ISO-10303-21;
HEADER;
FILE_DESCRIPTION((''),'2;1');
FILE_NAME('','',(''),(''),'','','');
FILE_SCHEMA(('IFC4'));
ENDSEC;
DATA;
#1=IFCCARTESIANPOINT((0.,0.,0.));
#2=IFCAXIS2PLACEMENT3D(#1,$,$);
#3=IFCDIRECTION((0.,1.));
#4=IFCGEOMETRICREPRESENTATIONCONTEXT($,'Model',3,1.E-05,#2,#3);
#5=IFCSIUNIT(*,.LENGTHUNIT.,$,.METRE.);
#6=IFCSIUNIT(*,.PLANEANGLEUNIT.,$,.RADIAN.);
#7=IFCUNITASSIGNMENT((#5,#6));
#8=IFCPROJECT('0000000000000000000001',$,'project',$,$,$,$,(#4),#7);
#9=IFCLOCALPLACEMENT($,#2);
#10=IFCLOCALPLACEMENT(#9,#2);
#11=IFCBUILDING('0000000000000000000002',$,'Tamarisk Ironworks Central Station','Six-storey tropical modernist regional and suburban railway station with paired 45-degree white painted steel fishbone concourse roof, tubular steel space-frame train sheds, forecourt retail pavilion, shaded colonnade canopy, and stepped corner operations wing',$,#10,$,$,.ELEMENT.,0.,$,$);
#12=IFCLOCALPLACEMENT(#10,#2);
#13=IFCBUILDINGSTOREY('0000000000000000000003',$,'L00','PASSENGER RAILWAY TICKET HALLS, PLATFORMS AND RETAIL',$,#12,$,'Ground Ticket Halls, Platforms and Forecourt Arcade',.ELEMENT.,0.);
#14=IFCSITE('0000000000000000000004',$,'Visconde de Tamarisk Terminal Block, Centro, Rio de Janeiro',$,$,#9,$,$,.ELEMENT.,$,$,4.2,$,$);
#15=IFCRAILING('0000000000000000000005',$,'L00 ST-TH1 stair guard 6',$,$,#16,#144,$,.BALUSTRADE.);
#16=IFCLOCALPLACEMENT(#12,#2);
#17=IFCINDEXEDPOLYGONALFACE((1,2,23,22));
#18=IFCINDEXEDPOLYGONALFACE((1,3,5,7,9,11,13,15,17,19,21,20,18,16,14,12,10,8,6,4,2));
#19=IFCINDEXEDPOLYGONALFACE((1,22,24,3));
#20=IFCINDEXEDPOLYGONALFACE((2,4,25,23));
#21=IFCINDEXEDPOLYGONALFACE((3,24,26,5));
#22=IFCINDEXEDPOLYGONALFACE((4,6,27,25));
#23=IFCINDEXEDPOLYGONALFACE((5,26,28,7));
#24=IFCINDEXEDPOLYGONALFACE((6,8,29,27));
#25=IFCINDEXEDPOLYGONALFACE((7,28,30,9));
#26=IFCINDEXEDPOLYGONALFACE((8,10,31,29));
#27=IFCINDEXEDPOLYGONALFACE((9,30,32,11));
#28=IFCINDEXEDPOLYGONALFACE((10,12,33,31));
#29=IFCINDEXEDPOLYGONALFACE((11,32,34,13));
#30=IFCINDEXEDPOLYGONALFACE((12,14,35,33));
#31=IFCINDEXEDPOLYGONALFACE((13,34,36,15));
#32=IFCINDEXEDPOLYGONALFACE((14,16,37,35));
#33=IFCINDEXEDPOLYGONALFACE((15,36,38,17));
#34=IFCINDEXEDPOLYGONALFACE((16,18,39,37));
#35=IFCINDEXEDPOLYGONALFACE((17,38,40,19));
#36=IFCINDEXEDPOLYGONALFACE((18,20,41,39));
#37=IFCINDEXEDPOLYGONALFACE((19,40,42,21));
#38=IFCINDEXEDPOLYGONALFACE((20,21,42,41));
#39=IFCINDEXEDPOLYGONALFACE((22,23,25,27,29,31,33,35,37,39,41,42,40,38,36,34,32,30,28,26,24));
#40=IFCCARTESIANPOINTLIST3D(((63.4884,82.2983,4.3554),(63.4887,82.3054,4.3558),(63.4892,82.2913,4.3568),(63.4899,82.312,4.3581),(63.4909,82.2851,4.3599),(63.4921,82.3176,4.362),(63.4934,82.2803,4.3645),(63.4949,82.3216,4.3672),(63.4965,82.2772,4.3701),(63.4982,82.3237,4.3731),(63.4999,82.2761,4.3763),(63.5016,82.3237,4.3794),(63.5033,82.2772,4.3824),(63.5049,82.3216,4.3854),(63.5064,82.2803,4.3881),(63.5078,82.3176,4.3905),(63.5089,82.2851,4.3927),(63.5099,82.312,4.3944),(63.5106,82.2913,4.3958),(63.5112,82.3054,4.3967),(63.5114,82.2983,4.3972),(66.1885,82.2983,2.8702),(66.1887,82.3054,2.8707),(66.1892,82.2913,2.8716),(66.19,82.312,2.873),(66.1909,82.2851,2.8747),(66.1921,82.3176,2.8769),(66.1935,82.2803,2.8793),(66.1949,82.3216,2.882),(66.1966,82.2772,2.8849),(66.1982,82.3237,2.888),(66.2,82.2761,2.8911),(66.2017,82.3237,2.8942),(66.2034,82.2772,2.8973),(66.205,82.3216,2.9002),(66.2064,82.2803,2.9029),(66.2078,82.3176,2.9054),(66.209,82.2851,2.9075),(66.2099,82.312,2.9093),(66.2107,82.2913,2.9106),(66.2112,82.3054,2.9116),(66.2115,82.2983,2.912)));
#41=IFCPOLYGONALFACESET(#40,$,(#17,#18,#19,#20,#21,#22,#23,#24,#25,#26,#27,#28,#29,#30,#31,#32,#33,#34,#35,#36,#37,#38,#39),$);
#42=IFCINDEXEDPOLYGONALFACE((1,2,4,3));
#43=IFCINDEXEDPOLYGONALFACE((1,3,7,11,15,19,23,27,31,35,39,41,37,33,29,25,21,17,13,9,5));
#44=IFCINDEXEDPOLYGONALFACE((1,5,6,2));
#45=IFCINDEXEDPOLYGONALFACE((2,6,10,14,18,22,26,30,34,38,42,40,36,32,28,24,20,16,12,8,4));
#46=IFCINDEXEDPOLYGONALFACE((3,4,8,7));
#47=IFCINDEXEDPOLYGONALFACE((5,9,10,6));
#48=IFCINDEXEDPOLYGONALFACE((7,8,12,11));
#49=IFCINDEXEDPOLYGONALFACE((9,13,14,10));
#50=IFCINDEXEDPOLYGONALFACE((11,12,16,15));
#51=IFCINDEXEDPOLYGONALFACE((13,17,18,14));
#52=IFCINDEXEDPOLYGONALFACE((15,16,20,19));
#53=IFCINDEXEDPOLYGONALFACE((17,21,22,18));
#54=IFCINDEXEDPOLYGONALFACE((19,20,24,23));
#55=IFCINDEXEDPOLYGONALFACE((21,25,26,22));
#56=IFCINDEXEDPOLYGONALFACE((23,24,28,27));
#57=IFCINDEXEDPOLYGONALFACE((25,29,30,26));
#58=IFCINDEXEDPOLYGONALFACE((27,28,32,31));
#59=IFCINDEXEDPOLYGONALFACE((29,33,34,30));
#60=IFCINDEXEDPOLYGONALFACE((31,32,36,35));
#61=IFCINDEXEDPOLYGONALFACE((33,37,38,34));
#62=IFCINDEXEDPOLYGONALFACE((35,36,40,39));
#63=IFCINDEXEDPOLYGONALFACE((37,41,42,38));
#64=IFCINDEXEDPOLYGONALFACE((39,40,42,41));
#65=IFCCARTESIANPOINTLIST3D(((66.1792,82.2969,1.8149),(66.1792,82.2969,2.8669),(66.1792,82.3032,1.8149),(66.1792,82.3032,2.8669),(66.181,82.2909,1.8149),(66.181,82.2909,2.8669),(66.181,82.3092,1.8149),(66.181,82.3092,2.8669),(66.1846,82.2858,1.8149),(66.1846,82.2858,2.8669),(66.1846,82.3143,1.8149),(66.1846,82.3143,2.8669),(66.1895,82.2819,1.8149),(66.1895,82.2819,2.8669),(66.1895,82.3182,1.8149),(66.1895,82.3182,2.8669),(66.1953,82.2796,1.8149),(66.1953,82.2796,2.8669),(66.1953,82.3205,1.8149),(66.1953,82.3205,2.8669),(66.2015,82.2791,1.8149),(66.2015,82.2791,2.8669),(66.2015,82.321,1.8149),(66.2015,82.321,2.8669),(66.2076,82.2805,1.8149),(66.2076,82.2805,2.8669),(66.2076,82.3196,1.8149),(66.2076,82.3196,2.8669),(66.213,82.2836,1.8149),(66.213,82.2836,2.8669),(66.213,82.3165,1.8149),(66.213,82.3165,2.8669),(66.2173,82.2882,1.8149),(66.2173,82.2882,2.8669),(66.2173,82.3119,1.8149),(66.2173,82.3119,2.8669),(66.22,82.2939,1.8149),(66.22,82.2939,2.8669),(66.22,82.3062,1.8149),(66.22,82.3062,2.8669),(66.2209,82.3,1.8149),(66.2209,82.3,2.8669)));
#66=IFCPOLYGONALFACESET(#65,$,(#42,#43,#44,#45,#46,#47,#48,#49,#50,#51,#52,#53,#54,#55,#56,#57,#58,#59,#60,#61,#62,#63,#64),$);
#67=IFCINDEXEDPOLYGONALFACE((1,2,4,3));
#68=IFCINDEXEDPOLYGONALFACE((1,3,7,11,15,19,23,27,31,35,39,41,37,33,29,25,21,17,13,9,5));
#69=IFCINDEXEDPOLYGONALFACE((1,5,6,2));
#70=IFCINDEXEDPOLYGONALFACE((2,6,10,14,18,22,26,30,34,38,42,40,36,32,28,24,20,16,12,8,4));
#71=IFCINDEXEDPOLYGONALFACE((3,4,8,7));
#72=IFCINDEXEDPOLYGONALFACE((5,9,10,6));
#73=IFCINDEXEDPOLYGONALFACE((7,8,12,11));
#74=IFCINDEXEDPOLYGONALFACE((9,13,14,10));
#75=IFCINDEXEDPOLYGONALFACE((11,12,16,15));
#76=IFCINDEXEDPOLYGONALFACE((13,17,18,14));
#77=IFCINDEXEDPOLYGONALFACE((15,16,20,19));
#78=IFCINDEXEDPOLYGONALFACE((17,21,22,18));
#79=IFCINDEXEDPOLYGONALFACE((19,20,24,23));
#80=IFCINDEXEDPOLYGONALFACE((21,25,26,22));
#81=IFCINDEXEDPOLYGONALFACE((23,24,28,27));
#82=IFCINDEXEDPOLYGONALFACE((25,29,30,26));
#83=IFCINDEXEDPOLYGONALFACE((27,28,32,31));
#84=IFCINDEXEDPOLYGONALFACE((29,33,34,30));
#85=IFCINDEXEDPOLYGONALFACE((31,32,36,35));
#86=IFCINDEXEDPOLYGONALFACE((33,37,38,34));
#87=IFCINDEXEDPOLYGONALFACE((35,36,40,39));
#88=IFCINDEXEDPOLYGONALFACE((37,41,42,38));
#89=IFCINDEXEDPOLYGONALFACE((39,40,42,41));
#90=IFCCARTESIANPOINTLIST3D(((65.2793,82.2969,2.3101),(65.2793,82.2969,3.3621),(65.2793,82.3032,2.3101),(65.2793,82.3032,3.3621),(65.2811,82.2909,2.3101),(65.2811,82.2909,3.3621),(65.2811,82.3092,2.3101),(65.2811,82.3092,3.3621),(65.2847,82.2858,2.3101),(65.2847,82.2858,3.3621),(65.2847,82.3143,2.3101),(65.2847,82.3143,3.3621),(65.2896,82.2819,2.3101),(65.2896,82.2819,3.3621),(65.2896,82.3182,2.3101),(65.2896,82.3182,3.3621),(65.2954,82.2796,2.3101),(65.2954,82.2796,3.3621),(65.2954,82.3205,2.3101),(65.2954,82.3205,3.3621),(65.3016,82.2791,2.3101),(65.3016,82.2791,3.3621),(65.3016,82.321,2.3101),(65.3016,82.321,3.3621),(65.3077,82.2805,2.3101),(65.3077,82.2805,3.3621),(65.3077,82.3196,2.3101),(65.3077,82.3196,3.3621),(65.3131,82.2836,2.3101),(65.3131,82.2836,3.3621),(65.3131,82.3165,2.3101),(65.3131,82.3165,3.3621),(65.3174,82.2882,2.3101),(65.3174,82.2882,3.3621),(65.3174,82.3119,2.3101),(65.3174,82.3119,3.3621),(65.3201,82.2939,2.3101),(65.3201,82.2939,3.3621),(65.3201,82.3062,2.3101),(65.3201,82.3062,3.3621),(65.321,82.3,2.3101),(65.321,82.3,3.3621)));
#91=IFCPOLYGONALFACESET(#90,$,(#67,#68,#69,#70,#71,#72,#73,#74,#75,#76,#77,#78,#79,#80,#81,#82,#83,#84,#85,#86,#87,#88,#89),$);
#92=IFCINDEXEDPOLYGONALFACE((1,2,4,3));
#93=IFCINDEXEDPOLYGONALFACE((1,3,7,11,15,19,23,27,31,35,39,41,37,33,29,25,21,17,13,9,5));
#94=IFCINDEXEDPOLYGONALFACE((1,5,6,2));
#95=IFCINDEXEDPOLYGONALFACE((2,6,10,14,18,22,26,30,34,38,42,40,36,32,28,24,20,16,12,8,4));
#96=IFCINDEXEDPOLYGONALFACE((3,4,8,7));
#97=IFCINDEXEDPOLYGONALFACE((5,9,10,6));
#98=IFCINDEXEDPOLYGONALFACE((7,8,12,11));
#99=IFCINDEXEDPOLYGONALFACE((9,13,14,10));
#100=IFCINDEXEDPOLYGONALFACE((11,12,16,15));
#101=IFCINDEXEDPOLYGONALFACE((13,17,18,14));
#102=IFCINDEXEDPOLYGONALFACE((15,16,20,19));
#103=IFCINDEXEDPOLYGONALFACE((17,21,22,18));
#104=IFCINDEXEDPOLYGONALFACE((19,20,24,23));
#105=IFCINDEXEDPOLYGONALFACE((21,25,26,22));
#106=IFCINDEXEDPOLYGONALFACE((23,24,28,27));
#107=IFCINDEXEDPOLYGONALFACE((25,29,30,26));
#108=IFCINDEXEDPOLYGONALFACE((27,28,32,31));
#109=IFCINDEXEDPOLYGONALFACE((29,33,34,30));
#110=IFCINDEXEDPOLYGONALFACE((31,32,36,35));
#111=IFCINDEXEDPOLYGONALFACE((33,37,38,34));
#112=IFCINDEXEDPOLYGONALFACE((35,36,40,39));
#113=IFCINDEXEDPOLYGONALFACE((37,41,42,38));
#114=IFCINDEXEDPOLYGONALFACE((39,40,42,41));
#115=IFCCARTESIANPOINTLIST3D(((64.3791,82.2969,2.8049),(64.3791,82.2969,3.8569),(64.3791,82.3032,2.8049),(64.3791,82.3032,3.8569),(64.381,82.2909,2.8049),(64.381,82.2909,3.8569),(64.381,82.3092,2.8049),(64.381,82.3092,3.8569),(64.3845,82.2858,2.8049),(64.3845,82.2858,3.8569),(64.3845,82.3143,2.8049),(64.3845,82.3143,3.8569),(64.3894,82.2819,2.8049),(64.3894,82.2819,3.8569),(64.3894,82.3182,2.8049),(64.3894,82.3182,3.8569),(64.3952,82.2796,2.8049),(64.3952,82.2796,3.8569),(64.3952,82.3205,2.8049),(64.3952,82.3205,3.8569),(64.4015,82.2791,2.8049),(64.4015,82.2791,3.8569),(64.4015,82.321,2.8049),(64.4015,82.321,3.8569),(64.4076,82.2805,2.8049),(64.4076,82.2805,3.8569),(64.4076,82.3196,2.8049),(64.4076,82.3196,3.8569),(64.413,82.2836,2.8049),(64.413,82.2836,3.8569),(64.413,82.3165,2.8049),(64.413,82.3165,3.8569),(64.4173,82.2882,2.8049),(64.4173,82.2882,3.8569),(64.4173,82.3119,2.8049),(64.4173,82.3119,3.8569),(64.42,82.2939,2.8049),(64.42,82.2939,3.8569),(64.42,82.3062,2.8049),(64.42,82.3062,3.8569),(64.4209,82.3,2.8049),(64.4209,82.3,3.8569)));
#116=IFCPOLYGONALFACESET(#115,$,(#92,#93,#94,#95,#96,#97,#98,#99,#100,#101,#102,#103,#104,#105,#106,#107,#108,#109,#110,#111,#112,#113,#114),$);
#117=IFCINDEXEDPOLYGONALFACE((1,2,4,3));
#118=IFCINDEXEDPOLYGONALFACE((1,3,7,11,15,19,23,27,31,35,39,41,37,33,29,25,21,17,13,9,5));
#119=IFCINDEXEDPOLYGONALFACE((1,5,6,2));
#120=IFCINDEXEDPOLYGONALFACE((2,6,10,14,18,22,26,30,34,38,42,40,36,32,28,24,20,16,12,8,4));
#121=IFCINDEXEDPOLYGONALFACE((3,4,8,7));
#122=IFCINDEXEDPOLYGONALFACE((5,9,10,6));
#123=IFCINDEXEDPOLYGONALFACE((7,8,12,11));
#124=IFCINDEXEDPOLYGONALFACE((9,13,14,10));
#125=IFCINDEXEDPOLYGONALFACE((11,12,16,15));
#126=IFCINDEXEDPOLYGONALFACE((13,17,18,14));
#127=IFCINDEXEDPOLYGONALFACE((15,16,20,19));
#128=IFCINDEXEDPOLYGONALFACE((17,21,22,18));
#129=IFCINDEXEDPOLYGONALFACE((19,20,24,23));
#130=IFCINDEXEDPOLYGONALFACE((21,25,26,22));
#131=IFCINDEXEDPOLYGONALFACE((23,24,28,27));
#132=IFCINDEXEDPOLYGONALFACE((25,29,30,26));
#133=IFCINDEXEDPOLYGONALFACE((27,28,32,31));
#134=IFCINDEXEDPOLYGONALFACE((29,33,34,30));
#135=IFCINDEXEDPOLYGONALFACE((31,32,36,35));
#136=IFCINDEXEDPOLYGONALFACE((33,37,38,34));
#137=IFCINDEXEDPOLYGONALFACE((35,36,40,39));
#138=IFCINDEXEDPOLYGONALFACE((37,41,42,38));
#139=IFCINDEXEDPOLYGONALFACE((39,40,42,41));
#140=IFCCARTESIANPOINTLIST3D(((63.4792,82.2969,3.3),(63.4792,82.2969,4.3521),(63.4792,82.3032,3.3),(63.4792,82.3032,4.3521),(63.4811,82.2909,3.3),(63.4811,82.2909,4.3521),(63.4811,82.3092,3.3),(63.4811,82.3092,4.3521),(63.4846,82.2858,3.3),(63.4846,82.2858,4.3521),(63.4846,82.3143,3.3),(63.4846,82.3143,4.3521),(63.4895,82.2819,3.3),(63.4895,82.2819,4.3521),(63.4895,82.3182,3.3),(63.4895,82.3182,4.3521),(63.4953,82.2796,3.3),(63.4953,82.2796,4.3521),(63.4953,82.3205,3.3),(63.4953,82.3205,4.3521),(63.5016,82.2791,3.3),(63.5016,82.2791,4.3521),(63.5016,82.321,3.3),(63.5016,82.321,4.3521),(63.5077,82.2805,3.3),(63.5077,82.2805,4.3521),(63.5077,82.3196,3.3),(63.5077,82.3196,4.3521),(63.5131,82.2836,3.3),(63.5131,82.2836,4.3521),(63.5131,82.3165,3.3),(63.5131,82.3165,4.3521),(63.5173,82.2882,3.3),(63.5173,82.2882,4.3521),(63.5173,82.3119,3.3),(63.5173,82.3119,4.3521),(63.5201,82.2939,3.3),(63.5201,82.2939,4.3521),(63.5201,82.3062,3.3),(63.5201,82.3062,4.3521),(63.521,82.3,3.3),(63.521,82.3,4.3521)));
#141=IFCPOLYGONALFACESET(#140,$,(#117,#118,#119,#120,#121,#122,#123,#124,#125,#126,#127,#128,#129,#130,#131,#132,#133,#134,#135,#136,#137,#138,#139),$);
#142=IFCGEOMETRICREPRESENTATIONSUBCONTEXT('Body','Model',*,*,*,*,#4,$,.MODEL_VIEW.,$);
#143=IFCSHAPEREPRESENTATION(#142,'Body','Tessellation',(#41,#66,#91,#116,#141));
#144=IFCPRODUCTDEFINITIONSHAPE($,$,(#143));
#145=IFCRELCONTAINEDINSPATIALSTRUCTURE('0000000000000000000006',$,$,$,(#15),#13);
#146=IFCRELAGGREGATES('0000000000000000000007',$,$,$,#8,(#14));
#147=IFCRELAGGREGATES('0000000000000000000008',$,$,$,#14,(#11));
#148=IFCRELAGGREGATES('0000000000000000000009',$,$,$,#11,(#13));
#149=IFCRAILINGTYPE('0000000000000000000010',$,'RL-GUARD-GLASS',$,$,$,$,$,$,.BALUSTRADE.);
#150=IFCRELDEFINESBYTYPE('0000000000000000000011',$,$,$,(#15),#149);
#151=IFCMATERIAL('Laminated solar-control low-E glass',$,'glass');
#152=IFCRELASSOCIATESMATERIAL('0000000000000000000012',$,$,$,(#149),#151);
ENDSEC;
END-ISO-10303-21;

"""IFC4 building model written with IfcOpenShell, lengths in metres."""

from ifc_helpers import new_model, si_unit, direction, frame, origin, origin_2d, place, context, subcontext, project, spatial, circle, extrude, material, type_object, element, save


model = new_model("IFC4")

# Units and contexts
model_context = context("Model", 3, precision=1e-05, world=origin(), true_north=direction((0.0, 1.0)))
body_context = subcontext(model_context, "Body", "Model", "MODEL_VIEW")
ifc_project = project(units=[si_unit("LENGTHUNIT", "METRE"), si_unit("PLANEANGLEUNIT", "RADIAN")], contexts=[model_context])

# Site, building, storey
site_placement = place(None, origin())
site = spatial("IfcSite", under=ifc_project, at=site_placement, Name="Visconde de Tamarisk Terminal Block, Centro, Rio de Janeiro", CompositionType="ELEMENT", RefElevation=4.2)
building_placement = place(site_placement, origin())
building = spatial("IfcBuilding", under=site, at=building_placement, Name="Tamarisk Ironworks Central Station", Description="Six-storey tropical modernist regional and suburban railway station with paired 45-degree white painted steel fishbone concourse roof, tubular steel space-frame train sheds, forecourt retail pavilion, shaded colonnade canopy, and stepped corner operations wing", CompositionType="ELEMENT", ElevationOfRefHeight=0.0)
storey_placement = place(building_placement, origin())
storey = spatial("IfcBuildingStorey", under=building, at=storey_placement, Name="L00", Description="PASSENGER RAILWAY TICKET HALLS, PLATFORMS AND RETAIL", LongName="Ground Ticket Halls, Platforms and Forecourt Arcade", CompositionType="ELEMENT", Elevation=0.0)

# Shared definitions
ifc_material_1 = material(Name="Laminated solar-control low-E glass", Category="glass")

# Railing
railing_type_1 = type_object("IfcRailingType", Name="RL-GUARD-GLASS", PredefinedType="BALUSTRADE", material=ifc_material_1)
railing_1_placement = place(storey_placement, frame((66.2, 82.3, 1.8149)))
element("IfcRailing", 1, at=railing_1_placement, inside=storey, type_object=railing_type_1, Name="L00 ST-TH1 stair guard 6", PredefinedType="BALUSTRADE", context=body_context, shape_type="SweptSolid", body=[
    extrude(circle(Radius=0.0239, at=origin_2d()), frame((0.0, 0.0, 1.0762), z_axis=(-0.876198, 0.0, 0.481952), x_axis=(0.0, -1.0, 0.0)), (0.0, 0.0, 1.0), 3.0815),
    extrude(circle(Radius=0.021, at=origin_2d()), origin(), (0.0, 0.0, 1.0), 1.052),
    extrude(circle(Radius=0.021, at=origin_2d()), frame((-0.8999, 0.0, 0.4951)), (0.0, 0.0, 1.0), 1.052),
    extrude(circle(Radius=0.021, at=origin_2d()), frame((-1.8, 0.0, 0.99)), (0.0, 0.0, 1.0), 1.052),
    extrude(circle(Radius=0.021, at=origin_2d()), frame((-2.7, 0.0, 1.4851)), (0.0, 0.0, 1.0), 1.052),
])

save(model, "model.ifc")
